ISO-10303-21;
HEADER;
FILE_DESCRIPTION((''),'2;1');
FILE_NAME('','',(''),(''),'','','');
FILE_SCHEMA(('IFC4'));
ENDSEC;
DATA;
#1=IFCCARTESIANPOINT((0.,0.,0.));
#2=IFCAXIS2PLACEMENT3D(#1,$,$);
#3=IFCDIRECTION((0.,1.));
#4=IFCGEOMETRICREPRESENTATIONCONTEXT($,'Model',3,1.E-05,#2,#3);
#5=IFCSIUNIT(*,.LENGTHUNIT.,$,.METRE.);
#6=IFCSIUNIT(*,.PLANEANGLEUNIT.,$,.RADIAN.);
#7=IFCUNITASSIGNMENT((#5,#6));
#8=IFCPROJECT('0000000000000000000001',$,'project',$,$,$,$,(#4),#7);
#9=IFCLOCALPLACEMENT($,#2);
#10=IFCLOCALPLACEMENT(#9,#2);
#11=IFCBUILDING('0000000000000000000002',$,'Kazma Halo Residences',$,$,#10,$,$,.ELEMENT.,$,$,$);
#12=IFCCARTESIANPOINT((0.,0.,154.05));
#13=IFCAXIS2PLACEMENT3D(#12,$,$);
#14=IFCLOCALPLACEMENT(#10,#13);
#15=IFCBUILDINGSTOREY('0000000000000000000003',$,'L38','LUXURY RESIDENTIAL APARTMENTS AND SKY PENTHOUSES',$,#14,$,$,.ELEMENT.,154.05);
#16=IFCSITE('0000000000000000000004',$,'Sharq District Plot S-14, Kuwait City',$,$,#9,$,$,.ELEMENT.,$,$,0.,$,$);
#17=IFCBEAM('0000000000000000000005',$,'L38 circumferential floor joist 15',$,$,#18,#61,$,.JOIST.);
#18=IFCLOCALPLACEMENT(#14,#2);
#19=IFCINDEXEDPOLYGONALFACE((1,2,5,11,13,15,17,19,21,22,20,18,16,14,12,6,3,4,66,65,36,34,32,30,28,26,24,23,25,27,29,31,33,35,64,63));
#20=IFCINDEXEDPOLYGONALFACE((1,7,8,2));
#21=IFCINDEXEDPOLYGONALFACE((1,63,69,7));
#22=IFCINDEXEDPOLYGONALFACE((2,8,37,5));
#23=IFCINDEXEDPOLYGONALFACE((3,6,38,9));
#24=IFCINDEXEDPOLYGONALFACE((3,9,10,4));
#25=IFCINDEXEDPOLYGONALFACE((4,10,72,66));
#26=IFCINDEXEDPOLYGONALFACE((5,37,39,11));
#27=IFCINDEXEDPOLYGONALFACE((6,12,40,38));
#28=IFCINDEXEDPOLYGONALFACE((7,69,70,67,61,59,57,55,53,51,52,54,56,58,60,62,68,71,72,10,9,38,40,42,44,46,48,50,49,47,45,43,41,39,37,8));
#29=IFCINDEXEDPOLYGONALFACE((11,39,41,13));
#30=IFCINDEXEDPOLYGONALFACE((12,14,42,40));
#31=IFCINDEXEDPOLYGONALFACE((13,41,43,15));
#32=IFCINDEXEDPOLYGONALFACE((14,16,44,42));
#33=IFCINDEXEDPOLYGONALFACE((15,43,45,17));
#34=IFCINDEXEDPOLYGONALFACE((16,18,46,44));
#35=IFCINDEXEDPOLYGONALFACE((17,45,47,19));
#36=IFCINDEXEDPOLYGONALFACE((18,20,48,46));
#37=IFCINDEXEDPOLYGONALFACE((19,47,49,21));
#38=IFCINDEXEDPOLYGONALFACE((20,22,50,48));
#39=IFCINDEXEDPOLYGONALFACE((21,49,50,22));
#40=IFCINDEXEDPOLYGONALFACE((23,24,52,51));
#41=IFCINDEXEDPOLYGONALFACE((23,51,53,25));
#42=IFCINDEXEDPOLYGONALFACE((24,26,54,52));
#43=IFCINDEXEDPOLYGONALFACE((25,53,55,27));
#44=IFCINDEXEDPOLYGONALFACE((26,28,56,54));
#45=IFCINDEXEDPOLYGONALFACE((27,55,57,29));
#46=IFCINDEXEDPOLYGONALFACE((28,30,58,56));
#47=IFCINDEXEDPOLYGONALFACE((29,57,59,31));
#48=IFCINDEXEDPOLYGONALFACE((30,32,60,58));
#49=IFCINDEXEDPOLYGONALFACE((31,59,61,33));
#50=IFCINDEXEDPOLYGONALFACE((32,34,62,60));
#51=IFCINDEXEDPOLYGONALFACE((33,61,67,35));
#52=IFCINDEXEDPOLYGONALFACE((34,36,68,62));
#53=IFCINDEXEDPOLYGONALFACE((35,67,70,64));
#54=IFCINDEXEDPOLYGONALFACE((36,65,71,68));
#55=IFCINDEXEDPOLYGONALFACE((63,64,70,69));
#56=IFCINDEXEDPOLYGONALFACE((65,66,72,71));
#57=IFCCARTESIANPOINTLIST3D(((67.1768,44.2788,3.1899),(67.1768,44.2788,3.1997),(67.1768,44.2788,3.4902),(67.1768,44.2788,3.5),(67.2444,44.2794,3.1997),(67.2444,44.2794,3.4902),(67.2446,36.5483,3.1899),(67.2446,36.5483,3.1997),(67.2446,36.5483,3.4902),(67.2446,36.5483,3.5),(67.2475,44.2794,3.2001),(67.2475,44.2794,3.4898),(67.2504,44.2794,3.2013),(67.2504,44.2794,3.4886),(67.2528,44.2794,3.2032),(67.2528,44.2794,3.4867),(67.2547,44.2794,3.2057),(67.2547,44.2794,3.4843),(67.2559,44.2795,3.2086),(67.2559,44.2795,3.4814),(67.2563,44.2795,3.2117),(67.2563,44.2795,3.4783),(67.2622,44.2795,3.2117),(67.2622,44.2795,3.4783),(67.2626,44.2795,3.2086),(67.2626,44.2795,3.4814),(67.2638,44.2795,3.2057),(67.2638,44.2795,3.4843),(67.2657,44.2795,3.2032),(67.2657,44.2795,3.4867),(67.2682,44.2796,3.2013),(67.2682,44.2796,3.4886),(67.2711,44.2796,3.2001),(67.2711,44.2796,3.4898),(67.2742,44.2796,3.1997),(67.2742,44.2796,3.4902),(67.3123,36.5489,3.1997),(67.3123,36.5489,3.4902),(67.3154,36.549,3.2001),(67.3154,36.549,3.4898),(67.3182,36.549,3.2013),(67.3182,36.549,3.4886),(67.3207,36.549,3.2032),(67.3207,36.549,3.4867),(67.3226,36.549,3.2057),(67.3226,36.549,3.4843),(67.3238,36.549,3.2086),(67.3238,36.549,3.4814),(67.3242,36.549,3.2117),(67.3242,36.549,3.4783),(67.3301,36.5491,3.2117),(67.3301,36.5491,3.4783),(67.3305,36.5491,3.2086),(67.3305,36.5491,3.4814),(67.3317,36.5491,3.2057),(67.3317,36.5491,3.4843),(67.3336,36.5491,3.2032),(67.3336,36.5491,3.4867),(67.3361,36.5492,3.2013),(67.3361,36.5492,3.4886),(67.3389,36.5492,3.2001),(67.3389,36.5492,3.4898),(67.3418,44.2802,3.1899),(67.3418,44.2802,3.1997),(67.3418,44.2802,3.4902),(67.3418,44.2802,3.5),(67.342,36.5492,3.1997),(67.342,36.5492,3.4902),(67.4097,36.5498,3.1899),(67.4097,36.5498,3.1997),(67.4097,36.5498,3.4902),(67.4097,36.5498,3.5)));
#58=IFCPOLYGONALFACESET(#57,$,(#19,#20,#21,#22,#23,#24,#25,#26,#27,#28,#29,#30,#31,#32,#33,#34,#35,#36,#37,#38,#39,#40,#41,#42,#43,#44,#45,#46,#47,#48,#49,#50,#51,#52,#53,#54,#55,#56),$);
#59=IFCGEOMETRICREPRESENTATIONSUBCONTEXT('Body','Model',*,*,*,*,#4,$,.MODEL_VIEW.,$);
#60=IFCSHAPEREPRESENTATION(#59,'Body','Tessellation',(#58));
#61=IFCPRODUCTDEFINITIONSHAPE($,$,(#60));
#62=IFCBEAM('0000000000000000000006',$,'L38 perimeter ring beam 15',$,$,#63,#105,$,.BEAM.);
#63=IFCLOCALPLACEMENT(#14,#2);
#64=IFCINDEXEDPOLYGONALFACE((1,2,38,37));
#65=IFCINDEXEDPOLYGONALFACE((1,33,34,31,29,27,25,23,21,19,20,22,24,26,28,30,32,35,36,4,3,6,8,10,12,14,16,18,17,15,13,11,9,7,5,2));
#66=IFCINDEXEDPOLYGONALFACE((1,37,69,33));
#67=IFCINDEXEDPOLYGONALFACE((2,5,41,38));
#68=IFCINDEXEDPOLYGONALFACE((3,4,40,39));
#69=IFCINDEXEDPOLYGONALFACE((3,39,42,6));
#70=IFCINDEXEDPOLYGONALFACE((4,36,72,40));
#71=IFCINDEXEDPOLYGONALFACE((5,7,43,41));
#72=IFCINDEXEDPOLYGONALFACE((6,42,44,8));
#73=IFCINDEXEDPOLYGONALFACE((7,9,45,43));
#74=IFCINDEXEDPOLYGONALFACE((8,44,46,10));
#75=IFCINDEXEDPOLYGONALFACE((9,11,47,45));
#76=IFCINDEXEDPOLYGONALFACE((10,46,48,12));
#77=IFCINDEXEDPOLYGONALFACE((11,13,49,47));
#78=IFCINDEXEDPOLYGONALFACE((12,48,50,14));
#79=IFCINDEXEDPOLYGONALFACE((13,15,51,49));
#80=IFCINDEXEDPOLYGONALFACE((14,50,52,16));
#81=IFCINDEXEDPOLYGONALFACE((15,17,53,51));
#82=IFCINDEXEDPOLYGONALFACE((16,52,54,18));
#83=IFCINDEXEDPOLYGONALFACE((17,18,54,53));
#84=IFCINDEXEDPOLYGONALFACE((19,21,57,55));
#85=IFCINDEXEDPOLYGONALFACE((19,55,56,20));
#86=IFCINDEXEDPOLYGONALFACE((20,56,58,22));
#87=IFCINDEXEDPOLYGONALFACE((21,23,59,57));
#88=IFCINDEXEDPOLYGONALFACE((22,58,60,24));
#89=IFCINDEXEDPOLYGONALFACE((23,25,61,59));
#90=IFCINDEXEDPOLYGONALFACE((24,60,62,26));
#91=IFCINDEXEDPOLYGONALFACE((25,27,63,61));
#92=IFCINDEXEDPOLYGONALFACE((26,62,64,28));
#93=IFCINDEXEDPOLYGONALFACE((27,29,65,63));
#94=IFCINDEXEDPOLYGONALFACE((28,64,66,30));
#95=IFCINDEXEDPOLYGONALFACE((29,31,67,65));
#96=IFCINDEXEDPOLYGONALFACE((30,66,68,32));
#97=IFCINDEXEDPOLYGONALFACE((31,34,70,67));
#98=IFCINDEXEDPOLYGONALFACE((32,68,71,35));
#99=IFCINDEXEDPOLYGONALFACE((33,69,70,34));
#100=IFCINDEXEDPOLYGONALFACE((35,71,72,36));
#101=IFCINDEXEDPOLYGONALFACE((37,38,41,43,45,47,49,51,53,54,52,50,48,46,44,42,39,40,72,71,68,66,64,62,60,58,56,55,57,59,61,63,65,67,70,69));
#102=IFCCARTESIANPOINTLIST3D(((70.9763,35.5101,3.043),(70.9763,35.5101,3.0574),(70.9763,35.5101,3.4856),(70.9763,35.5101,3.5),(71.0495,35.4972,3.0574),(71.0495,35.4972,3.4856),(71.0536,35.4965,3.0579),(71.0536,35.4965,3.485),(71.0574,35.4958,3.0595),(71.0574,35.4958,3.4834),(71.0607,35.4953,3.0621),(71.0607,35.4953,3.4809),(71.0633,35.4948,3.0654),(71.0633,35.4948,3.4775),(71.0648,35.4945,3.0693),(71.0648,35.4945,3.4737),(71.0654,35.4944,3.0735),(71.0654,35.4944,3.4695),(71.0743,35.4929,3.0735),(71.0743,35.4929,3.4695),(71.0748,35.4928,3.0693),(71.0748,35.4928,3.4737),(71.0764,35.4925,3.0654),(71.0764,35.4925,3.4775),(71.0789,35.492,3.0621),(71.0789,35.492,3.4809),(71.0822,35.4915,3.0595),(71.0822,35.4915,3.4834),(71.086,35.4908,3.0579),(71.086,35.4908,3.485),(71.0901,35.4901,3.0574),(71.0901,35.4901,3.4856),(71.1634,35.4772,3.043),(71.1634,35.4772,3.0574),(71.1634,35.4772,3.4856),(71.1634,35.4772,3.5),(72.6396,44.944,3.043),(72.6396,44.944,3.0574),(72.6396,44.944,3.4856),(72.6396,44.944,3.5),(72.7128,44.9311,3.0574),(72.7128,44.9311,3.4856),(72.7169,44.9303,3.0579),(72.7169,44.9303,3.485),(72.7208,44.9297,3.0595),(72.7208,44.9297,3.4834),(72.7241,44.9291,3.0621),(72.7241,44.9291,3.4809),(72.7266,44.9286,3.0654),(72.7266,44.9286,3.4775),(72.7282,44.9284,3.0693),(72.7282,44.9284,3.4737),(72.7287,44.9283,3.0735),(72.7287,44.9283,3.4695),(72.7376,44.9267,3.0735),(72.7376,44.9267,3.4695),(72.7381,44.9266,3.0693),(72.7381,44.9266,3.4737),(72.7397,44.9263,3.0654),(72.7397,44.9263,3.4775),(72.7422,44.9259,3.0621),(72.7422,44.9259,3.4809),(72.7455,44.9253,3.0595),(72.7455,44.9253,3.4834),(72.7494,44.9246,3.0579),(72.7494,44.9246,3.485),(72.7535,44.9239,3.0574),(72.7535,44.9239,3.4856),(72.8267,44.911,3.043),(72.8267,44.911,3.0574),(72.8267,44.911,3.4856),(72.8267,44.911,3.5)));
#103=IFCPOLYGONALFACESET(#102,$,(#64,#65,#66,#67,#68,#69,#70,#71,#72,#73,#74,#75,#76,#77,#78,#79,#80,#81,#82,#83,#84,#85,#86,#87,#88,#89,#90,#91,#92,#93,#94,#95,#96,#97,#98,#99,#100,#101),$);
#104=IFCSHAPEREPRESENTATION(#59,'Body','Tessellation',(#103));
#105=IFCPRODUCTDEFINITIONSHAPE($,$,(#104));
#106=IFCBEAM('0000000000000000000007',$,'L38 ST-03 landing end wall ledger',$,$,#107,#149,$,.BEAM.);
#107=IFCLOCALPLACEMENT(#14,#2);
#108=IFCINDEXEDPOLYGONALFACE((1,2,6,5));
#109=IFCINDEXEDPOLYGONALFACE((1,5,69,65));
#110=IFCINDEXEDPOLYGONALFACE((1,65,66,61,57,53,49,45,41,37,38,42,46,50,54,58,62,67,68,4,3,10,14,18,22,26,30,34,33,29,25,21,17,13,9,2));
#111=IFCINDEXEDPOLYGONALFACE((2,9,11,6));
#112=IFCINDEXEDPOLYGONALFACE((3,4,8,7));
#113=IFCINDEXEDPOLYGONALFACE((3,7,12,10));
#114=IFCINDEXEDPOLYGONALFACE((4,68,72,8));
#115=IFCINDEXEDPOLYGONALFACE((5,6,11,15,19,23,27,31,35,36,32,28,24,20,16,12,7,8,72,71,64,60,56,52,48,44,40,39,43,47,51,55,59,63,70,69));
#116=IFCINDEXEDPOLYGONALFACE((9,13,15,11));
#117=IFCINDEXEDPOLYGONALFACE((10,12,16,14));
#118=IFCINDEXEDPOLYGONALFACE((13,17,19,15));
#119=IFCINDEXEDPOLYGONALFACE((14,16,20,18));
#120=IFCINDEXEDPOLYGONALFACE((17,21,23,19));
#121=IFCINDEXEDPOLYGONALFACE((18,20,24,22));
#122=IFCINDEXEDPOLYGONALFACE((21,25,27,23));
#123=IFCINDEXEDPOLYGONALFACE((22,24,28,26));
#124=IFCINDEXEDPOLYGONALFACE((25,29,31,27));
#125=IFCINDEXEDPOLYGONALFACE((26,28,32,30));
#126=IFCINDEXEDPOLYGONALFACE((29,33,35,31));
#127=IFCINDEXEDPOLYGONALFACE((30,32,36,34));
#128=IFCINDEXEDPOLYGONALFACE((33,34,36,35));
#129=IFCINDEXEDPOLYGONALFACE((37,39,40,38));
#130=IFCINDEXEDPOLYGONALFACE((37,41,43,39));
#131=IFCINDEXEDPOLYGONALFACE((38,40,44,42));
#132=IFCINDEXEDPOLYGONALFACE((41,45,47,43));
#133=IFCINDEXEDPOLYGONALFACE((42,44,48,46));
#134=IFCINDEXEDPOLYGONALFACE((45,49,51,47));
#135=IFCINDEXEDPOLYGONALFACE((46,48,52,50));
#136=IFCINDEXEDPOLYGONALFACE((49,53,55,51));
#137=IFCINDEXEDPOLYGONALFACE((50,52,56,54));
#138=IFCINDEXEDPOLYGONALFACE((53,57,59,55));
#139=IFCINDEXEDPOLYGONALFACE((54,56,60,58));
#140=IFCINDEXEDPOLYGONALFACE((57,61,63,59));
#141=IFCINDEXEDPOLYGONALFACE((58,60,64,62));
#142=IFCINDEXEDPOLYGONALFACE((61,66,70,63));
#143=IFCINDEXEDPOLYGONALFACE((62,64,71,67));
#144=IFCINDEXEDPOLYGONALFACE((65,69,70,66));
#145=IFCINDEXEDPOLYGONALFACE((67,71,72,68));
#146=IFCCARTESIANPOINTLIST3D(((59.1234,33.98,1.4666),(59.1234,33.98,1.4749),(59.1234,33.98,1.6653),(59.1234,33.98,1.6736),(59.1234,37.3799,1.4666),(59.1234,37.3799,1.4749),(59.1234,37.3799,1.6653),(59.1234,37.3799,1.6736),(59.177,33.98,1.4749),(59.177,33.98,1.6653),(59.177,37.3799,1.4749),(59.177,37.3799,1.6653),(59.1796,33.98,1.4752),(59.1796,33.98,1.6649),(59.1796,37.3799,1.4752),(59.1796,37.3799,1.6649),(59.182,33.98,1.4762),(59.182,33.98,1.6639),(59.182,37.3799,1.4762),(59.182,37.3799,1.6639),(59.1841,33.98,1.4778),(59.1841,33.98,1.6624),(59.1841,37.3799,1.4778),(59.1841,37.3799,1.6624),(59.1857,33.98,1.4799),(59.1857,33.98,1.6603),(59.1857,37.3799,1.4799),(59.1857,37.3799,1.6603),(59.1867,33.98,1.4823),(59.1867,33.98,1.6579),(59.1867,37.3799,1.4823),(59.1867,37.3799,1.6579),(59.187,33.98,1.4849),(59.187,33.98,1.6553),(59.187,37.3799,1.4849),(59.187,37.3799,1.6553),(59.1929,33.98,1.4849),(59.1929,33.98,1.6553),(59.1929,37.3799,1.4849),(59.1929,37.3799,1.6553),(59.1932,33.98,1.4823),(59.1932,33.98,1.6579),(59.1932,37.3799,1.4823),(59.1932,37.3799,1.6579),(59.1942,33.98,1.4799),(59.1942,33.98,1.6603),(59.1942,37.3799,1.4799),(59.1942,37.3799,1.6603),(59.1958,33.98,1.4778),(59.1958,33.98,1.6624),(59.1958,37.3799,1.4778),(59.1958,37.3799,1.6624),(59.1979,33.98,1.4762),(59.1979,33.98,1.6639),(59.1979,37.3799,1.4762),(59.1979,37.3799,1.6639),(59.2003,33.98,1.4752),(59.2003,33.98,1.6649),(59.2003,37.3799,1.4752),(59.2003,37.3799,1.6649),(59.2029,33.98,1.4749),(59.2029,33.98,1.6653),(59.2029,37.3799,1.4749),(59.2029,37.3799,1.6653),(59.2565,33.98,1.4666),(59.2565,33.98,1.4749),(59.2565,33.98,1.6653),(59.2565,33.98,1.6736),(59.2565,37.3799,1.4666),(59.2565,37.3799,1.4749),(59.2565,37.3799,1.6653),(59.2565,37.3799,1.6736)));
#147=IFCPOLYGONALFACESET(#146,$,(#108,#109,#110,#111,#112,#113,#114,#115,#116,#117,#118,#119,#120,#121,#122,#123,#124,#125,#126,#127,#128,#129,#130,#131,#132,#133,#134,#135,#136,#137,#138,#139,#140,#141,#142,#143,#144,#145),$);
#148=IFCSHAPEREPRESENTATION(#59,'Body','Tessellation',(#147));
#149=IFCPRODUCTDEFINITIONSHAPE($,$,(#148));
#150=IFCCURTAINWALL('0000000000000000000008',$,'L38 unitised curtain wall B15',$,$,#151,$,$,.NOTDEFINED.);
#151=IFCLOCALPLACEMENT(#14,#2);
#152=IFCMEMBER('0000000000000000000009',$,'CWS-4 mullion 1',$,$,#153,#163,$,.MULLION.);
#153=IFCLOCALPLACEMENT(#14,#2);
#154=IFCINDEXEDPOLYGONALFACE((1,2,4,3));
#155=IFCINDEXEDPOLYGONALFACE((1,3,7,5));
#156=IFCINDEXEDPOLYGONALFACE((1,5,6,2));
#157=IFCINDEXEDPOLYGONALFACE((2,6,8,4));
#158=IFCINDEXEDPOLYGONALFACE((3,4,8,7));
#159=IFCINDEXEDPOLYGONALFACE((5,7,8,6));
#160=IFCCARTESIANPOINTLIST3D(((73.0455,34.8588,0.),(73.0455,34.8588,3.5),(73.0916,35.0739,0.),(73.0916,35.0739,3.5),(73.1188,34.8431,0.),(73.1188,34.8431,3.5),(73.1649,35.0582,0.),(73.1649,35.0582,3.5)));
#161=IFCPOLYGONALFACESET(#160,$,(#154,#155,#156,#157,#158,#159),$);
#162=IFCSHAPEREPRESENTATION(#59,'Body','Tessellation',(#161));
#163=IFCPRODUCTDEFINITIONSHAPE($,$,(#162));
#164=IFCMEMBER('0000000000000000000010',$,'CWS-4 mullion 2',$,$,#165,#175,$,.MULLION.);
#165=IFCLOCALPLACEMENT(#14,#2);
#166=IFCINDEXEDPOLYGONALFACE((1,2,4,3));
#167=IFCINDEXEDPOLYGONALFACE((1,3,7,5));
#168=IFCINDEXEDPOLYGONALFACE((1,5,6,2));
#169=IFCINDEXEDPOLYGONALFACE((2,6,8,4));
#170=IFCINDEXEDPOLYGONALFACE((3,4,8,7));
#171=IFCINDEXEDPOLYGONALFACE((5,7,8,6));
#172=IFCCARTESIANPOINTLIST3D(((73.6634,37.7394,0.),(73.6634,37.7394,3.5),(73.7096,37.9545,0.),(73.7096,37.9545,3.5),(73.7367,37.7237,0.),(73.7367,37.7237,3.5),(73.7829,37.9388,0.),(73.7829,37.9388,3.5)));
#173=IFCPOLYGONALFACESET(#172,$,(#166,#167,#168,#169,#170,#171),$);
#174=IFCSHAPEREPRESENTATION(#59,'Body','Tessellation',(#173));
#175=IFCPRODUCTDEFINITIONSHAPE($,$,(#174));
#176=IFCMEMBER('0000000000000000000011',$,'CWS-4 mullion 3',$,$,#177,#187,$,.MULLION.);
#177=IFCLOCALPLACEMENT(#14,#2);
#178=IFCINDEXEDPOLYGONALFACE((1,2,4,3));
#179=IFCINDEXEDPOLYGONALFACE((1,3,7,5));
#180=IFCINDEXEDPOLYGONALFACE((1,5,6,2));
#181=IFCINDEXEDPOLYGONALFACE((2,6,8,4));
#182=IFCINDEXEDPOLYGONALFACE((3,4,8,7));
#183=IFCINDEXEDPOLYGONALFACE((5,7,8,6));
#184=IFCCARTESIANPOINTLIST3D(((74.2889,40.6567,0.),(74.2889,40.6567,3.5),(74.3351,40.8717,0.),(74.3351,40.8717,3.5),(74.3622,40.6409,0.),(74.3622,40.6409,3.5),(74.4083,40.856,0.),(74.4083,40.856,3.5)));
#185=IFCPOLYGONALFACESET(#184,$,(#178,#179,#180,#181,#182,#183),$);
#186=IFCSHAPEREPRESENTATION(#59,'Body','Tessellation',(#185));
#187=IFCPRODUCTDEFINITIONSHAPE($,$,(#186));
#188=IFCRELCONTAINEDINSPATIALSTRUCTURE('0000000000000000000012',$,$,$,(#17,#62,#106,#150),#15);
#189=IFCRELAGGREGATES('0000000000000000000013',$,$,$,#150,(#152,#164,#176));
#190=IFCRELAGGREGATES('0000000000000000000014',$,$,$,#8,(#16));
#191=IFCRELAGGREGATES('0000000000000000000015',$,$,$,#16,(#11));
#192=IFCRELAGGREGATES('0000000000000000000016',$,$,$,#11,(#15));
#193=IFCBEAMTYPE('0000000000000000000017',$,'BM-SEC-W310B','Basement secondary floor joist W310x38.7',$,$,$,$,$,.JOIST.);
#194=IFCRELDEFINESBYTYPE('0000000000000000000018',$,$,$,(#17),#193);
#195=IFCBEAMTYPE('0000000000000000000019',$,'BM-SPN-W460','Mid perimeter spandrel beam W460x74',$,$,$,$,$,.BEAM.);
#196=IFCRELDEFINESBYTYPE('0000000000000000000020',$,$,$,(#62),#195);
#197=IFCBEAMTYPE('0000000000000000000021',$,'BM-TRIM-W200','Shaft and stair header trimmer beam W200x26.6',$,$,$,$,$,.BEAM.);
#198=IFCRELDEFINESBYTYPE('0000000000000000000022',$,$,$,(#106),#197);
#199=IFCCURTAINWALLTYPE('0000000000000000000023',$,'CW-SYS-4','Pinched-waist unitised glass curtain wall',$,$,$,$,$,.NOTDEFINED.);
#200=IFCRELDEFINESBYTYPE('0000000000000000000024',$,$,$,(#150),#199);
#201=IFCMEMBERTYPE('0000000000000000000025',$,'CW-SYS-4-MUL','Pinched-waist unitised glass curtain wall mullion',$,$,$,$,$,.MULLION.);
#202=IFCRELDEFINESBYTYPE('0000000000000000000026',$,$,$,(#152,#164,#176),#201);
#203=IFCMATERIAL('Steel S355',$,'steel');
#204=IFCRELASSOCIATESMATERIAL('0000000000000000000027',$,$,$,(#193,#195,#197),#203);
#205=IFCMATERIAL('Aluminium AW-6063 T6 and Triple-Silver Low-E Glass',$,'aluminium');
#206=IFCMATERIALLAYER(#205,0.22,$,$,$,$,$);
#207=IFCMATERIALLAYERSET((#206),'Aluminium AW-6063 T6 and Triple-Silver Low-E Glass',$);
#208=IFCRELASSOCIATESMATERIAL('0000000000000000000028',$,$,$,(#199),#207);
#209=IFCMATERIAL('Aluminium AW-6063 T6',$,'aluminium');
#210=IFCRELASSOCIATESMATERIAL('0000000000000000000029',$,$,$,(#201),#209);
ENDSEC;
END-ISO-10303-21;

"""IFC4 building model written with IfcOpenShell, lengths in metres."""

from ifc_helpers import new_model, si_unit, direction, frame, origin, origin_2d, place, context, subcontext, project, spatial, rectangle, i_section, extrude, material, layer, layer_set, material_profile, profile_set, type_object, element, aggregate, save


model = new_model("IFC4")

# Units and contexts
model_context = context("Model", 3, precision=1e-05, world=origin(), true_north=direction((0.0, 1.0)))
body_context = subcontext(model_context, "Body", "Model", "MODEL_VIEW")
ifc_project = project(units=[si_unit("LENGTHUNIT", "METRE"), si_unit("PLANEANGLEUNIT", "RADIAN")], contexts=[model_context])

# Site, building, storey
site_placement = place(None, origin())
site = spatial("IfcSite", under=ifc_project, at=site_placement, Name="Sharq District Plot S-14, Kuwait City", CompositionType="ELEMENT", RefElevation=0.0)
building_placement = place(site_placement, origin())
building = spatial("IfcBuilding", under=site, at=building_placement, Name="Kazma Halo Residences", CompositionType="ELEMENT")
storey_placement = place(building_placement, frame((0.0, 0.0, 154.05)))
storey = spatial("IfcBuildingStorey", under=building, at=storey_placement, Name="L38", Description="LUXURY RESIDENTIAL APARTMENTS AND SKY PENTHOUSES", CompositionType="ELEMENT", Elevation=154.05)

# Beams
ifc_material_1 = material(Name="Steel S355", Category="steel")
ifc_material_profile_1 = material_profile(ifc_material_1, i_section(OverallWidth=0.165, OverallDepth=0.3101, WebThickness=0.0059, FlangeThickness=0.0098, FilletRadius=0.012, at=origin_2d()), Name="W310x38.7")
ifc_profile_set_1 = profile_set([ifc_material_profile_1], Name="Steel S355")
beam_type_1 = type_object("IfcBeamType", Name="BM-SEC-W310B", Description="Basement secondary floor joist W310x38.7", PredefinedType="JOIST", material=ifc_profile_set_1)
beam_1_placement = place(storey_placement, frame((67.3271, 36.5491, 3.345), z_axis=(-0.008779, 0.999961, 0.0), x_axis=(-0.999961, -0.008779, 0.0)))
element("IfcBeam", 1, at=beam_1_placement, inside=storey, type_object=beam_type_1, Name="L38 circumferential floor joist 15", PredefinedType="JOIST", context=body_context, shape_type="SweptSolid", body=[
    extrude(i_section(OverallWidth=0.165, OverallDepth=0.3101, WebThickness=0.0059, FlangeThickness=0.0098, FilletRadius=0.012, at=origin_2d()), origin(), (0.0, 0.0, 1.0), 7.7307),
])
ifc_material_profile_2 = material_profile(ifc_material_1, i_section(OverallWidth=0.1899, OverallDepth=0.457, WebThickness=0.009, FlangeThickness=0.0144, FilletRadius=0.0161, at=origin_2d()), Name="W460x74")
ifc_profile_set_2 = profile_set([ifc_material_profile_2], Name="Steel S355")
beam_type_2 = type_object("IfcBeamType", Name="BM-SPN-W460", Description="Mid perimeter spandrel beam W460x74", PredefinedType="BEAM", material=ifc_profile_set_2)
beam_2_placement = place(storey_placement, frame((71.0698, 35.4937, 3.2715), z_axis=(0.173637, 0.98481, 0.0), x_axis=(-0.98481, 0.173637, 0.0)))
element("IfcBeam", 2, at=beam_2_placement, inside=storey, type_object=beam_type_2, Name="L38 perimeter ring beam 15", PredefinedType="BEAM", context=body_context, shape_type="SweptSolid", body=[
    extrude(i_section(OverallWidth=0.1899, OverallDepth=0.457, WebThickness=0.009, FlangeThickness=0.0144, FilletRadius=0.0161, at=origin_2d()), origin(), (0.0, 0.0, 1.0), 9.5793),
])
ifc_material_profile_3 = material_profile(ifc_material_1, i_section(OverallWidth=0.1331, OverallDepth=0.207, WebThickness=0.0059, FlangeThickness=0.0083, FilletRadius=0.01, at=origin_2d()), Name="W200x26.6")
ifc_profile_set_3 = profile_set([ifc_material_profile_3], Name="Steel S355")
beam_type_3 = type_object("IfcBeamType", Name="BM-TRIM-W200", Description="Shaft and stair header trimmer beam W200x26.6", PredefinedType="BEAM", material=ifc_profile_set_3)
beam_3_placement = place(storey_placement, frame((59.1899, 33.98, 1.5701), z_axis=(0.0, 1.0, 0.0), x_axis=(-1.0, 0.0, 0.0)))
element("IfcBeam", 3, at=beam_3_placement, inside=storey, type_object=beam_type_3, Name="L38 ST-03 landing end wall ledger", PredefinedType="BEAM", context=body_context, shape_type="SweptSolid", body=[
    extrude(i_section(OverallWidth=0.1331, OverallDepth=0.207, WebThickness=0.0059, FlangeThickness=0.0083, FilletRadius=0.01, at=origin_2d()), origin(), (0.0, 0.0, 1.0), 3.3999),
])

# Curtain wall, members
ifc_material_2 = material(Name="Aluminium AW-6063 T6 and Triple-Silver Low-E Glass", Category="aluminium")
ifc_layer_1 = layer(ifc_material_2, 0.22)
ifc_layer_set_1 = layer_set([ifc_layer_1], Name="Aluminium AW-6063 T6 and Triple-Silver Low-E Glass")
curtain_wall_type = type_object("IfcCurtainWallType", Name="CW-SYS-4", Description="Pinched-waist unitised glass curtain wall", PredefinedType="NOTDEFINED", material=ifc_layer_set_1)
curtain_wall_placement = place(storey_placement, origin())
curtain_wall = element("IfcCurtainWall", 4, at=curtain_wall_placement, inside=storey, type_object=curtain_wall_type, Name="L38 unitised curtain wall B15", PredefinedType="NOTDEFINED")
ifc_material_3 = material(Name="Aluminium AW-6063 T6", Category="aluminium")
ifc_material_profile_4 = material_profile(ifc_material_3, rectangle(XDim=0.075, YDim=0.22, at=origin_2d()), Name="CWM-75x220")
ifc_profile_set_4 = profile_set([ifc_material_profile_4], Name="Aluminium AW-6063 T6")
member_type_1 = type_object("IfcMemberType", Name="CW-SYS-4-MUL", Description="Pinched-waist unitised glass curtain wall mullion", PredefinedType="MULLION", material=ifc_profile_set_4)
member_1_placement = place(storey_placement, frame((73.1052, 34.9585, 0.0), z_axis=(0.0, 0.0, 1.0), x_axis=(-0.977765, 0.209704, 0.0)))
member_1 = element("IfcMember", 5, at=member_1_placement, type_object=member_type_1, Name="CWS-4 mullion 1", PredefinedType="MULLION", context=body_context, shape_type="SweptSolid", body=[
    extrude(rectangle(XDim=0.075, YDim=0.22, at=origin_2d()), origin(), (0.0, 0.0, 1.0), 3.5),
])
member_2_placement = place(storey_placement, frame((73.7231, 37.8391, 0.0), z_axis=(0.0, 0.0, 1.0), x_axis=(-0.977765, 0.209704, 0.0)))
member_2 = element("IfcMember", 6, at=member_2_placement, type_object=member_type_1, Name="CWS-4 mullion 2", PredefinedType="MULLION", context=body_context, shape_type="SweptSolid", body=[
    extrude(rectangle(XDim=0.075, YDim=0.22, at=origin_2d()), origin(), (0.0, 0.0, 1.0), 3.5),
])
member_3_placement = place(storey_placement, frame((74.3486, 40.7563, 0.0), z_axis=(0.0, 0.0, 1.0), x_axis=(-0.977765, 0.209704, 0.0)))
member_3 = element("IfcMember", 7, at=member_3_placement, type_object=member_type_1, Name="CWS-4 mullion 3", PredefinedType="MULLION", context=body_context, shape_type="SweptSolid", body=[
    extrude(rectangle(XDim=0.075, YDim=0.22, at=origin_2d()), origin(), (0.0, 0.0, 1.0), 3.5),
])
aggregate(curtain_wall, [member_1, member_2, member_3])

save(model, "model.ifc")
